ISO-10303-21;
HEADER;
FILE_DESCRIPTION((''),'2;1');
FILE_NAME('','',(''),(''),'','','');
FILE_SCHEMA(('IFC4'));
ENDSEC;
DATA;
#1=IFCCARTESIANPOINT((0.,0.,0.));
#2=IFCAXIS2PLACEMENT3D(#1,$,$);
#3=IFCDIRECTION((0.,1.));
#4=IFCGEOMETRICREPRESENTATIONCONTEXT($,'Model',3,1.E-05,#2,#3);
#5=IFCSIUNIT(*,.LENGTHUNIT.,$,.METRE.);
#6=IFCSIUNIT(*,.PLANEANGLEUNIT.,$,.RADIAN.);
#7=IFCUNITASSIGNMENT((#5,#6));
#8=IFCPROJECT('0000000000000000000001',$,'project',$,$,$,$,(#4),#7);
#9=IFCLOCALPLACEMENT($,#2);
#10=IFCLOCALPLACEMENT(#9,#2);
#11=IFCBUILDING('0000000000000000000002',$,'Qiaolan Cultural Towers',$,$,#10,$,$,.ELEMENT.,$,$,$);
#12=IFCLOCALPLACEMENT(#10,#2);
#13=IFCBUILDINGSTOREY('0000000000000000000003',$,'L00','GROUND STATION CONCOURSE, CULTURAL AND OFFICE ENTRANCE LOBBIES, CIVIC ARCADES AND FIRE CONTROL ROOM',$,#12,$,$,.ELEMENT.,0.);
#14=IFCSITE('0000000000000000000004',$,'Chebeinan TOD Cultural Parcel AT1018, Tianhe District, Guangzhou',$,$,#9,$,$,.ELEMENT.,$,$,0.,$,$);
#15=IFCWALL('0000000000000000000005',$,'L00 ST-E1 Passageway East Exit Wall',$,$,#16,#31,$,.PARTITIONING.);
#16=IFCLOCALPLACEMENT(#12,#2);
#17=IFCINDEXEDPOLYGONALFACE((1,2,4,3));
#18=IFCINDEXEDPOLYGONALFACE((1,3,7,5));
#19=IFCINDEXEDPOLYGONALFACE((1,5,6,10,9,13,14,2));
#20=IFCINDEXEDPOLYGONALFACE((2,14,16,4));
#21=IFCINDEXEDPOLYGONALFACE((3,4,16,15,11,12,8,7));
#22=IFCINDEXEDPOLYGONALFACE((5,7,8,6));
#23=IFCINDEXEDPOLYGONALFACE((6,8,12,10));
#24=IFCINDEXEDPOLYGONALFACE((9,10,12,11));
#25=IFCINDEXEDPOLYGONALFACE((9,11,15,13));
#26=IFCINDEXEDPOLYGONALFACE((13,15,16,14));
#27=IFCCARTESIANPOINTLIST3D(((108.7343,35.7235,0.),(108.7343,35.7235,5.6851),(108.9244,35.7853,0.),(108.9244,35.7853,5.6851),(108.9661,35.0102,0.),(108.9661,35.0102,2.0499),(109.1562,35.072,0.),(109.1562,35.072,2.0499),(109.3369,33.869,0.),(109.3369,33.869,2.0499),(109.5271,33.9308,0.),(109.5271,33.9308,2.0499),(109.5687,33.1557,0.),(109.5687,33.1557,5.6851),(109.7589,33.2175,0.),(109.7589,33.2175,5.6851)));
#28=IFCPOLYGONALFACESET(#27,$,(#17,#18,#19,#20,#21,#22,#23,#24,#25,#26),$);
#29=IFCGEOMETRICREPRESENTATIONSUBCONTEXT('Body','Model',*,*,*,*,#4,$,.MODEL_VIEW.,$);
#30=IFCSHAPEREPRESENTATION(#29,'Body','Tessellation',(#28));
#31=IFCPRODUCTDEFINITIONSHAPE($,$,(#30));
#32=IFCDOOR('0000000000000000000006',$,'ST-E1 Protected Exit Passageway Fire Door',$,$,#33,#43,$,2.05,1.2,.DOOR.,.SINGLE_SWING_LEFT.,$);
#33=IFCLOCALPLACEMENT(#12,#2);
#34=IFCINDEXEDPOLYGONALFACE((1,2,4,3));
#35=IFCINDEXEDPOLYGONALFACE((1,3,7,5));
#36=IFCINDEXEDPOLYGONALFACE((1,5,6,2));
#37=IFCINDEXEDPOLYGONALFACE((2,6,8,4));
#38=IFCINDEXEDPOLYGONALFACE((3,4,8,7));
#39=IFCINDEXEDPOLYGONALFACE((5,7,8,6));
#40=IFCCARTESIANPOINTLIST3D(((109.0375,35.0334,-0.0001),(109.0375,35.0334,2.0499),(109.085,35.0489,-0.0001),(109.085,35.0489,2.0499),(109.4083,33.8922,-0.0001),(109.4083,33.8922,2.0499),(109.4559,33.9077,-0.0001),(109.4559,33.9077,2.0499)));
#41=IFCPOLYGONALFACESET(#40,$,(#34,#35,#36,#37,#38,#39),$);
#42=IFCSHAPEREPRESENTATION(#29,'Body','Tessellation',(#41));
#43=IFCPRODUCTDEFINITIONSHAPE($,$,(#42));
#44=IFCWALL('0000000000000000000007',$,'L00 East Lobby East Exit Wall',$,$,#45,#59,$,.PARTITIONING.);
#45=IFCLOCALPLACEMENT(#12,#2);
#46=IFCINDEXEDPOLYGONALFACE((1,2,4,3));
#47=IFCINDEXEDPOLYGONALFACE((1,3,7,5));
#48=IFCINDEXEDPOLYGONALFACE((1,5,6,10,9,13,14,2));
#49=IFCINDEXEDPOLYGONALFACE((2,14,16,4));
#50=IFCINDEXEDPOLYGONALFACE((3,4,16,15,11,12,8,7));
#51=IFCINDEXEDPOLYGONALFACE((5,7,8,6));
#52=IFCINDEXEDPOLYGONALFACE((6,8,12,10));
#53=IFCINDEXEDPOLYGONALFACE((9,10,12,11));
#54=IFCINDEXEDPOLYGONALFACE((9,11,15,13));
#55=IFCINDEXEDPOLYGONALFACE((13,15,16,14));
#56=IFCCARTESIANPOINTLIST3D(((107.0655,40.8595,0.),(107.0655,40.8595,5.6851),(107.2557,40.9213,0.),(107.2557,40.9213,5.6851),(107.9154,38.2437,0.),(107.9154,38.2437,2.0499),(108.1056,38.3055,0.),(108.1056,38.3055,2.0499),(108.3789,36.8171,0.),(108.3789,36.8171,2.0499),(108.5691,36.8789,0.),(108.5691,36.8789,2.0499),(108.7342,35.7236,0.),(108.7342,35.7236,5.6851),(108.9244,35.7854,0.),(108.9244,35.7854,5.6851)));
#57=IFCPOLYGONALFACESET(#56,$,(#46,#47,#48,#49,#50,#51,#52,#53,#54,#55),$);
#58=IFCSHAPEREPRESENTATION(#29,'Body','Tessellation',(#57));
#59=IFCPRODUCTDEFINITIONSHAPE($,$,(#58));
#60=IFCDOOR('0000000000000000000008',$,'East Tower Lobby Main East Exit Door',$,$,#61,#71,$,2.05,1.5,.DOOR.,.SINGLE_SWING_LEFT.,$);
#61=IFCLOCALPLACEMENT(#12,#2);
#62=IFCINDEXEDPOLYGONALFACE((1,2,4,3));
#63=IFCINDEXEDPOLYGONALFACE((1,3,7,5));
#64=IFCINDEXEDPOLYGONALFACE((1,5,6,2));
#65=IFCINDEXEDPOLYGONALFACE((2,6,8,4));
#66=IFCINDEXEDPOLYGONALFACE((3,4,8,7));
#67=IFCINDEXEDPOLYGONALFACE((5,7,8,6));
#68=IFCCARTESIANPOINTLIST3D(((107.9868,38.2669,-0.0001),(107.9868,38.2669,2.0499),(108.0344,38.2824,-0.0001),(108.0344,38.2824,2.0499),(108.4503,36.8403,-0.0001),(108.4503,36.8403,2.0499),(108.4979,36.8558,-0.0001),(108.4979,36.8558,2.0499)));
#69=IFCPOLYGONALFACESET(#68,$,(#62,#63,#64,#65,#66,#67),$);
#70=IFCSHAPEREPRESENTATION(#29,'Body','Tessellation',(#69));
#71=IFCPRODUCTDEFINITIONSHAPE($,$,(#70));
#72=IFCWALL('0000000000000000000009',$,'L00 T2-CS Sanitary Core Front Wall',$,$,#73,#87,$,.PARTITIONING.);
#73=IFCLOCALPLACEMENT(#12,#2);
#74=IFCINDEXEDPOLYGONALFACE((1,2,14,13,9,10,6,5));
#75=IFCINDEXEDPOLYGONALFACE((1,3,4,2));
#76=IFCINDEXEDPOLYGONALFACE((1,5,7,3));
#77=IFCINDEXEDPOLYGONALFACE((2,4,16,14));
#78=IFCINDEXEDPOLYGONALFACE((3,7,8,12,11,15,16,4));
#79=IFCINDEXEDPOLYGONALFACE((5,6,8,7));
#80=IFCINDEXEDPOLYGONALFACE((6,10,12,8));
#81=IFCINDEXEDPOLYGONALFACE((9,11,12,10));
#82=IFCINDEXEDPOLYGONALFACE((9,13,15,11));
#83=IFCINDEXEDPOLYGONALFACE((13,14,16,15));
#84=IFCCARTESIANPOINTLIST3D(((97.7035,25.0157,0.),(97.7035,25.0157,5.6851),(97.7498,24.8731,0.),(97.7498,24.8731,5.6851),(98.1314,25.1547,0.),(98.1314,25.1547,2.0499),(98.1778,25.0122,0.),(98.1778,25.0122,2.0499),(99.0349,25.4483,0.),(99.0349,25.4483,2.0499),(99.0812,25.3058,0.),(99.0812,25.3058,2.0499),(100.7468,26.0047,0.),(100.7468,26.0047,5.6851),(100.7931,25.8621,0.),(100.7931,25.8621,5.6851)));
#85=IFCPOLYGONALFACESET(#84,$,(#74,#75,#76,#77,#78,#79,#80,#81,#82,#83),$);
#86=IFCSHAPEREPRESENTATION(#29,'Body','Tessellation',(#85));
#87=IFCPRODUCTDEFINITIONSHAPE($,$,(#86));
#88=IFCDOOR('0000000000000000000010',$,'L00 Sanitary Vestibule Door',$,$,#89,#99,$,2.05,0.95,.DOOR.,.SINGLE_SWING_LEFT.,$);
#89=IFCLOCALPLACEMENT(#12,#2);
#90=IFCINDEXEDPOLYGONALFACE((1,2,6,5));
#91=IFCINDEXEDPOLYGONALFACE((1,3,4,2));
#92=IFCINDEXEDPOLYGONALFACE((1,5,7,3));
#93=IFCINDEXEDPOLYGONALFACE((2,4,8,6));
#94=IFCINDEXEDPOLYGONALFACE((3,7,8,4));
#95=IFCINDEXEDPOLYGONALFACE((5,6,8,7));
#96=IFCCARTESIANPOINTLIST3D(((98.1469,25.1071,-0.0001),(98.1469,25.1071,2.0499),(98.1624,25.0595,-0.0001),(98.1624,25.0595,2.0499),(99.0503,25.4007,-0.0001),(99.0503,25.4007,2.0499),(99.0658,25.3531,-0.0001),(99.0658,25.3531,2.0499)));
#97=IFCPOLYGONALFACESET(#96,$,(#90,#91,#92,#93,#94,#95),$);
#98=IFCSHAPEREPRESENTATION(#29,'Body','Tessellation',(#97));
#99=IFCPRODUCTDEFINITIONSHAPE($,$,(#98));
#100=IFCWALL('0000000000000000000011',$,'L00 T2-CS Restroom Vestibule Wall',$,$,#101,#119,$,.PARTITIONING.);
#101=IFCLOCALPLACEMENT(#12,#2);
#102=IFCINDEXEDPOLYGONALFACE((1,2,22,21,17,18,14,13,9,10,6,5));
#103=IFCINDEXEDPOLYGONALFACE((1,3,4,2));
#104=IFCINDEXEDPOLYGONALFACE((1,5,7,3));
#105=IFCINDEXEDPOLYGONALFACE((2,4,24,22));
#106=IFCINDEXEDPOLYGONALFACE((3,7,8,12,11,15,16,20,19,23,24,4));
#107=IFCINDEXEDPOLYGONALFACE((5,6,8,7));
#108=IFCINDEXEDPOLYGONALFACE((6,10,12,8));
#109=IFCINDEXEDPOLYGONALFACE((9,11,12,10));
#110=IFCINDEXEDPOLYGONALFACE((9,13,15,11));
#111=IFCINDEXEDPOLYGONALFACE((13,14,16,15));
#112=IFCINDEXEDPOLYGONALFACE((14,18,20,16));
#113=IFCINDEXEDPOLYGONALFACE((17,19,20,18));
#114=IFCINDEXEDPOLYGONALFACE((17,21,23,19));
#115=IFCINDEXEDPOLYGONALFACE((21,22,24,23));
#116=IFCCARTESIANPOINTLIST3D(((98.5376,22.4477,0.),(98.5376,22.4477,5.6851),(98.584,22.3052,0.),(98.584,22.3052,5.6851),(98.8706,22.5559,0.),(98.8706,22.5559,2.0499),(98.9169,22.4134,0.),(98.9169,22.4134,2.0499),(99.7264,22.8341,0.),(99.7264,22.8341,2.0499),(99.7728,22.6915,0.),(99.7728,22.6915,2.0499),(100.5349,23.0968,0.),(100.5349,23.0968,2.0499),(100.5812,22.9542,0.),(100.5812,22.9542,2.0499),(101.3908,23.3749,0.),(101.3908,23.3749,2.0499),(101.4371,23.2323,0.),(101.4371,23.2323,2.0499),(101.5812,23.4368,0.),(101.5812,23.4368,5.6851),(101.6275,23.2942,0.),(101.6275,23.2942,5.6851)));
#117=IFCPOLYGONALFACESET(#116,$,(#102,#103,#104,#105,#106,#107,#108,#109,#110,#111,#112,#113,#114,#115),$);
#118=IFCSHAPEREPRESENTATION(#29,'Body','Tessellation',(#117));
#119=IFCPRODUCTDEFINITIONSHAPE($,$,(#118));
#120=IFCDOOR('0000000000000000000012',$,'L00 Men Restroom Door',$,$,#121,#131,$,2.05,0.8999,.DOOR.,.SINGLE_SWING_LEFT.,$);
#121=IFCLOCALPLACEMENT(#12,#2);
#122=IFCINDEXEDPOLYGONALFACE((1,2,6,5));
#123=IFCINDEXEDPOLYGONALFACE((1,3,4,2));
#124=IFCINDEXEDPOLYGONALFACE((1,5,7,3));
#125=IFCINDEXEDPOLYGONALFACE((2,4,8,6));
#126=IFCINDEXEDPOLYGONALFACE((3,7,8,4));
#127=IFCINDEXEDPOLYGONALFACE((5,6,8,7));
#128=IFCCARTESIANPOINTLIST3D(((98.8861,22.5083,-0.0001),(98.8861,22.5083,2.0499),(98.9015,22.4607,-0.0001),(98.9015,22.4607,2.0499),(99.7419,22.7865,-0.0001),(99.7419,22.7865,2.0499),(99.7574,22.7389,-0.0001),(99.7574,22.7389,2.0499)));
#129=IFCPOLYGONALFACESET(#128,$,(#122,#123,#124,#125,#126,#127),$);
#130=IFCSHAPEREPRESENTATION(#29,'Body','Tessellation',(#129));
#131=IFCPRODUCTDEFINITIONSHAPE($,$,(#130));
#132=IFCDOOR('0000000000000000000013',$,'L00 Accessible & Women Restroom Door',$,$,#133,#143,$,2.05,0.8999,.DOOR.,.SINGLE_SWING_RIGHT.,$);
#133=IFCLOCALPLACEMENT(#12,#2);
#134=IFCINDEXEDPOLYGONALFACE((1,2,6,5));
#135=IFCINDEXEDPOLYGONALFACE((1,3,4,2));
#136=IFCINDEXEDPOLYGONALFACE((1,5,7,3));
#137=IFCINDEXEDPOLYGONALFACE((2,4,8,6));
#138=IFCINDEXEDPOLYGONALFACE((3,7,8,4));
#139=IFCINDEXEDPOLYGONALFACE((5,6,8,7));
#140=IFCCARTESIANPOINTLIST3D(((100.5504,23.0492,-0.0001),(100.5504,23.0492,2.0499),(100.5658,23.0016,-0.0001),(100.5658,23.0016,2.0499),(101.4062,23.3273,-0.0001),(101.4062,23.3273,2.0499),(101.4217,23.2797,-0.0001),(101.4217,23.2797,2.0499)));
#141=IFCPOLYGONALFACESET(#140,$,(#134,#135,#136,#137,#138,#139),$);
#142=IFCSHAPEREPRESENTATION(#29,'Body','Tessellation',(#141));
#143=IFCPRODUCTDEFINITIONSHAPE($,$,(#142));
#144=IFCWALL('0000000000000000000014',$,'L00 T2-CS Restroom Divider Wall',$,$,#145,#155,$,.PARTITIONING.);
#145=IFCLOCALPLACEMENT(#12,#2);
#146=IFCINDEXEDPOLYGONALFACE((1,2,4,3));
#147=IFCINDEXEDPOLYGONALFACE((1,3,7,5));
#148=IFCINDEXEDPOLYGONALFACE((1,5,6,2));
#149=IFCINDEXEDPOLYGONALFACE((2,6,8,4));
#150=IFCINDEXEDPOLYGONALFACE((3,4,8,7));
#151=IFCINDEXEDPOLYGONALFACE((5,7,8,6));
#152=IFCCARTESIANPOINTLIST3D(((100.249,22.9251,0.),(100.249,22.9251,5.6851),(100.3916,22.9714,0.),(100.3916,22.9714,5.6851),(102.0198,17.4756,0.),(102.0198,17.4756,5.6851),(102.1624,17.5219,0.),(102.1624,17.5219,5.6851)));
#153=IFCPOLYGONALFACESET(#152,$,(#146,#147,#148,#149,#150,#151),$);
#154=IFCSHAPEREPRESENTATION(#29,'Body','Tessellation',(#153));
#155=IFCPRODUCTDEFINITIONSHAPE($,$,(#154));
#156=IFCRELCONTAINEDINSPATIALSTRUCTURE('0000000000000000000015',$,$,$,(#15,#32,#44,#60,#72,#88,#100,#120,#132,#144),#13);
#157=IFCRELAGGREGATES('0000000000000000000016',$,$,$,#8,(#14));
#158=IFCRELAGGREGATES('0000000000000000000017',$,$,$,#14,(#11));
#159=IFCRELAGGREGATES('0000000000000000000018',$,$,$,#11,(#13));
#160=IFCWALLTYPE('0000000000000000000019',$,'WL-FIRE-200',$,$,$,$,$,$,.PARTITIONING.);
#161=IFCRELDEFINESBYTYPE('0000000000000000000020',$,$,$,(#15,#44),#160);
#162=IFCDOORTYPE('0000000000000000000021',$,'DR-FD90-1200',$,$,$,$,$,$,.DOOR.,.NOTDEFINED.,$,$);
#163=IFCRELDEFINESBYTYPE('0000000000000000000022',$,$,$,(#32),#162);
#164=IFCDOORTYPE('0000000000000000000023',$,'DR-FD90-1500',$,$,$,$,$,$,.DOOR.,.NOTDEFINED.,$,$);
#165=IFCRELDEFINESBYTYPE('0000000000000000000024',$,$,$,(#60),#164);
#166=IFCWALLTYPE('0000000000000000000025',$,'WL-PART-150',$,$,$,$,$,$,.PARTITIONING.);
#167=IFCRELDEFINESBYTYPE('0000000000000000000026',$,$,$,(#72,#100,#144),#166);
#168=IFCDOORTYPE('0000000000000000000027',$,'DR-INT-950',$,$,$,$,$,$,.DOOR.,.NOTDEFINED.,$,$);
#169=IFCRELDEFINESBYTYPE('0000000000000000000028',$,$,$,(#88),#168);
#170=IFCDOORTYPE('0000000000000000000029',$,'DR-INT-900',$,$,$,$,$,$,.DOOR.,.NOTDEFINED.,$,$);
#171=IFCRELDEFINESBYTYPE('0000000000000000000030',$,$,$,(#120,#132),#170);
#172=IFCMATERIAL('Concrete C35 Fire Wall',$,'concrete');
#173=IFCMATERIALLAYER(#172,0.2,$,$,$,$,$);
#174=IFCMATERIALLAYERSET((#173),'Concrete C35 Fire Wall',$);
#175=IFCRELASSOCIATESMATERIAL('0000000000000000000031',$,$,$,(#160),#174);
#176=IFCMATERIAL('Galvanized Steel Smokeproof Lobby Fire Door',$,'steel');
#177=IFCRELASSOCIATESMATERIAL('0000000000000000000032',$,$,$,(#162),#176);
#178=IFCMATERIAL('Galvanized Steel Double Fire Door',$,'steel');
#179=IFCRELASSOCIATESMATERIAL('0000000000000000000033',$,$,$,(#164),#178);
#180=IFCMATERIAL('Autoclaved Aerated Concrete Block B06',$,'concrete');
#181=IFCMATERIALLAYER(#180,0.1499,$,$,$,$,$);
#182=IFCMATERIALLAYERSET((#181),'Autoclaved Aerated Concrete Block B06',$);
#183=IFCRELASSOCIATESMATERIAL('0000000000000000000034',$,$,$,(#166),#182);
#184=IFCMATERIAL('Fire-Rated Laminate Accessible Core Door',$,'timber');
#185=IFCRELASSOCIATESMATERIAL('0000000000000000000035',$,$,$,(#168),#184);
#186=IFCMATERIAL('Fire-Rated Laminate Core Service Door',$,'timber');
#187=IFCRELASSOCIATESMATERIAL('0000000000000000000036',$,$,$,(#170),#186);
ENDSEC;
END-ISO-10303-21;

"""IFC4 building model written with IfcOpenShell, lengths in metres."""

from ifc_helpers import new_model, si_unit, direction, frame, frame_2d, origin, place, context, subcontext, project, spatial, rectangle, extrude, material, layer, layer_set, type_object, element, fill, save


model = new_model("IFC4")

# Units and contexts
model_context = context("Model", 3, precision=1e-05, world=origin(), true_north=direction((0.0, 1.0)))
body_context = subcontext(model_context, "Body", "Model", "MODEL_VIEW")
ifc_project = project(units=[si_unit("LENGTHUNIT", "METRE"), si_unit("PLANEANGLEUNIT", "RADIAN")], contexts=[model_context])

# Site, building, storey
site_placement = place(None, origin())
site = spatial("IfcSite", under=ifc_project, at=site_placement, Name="Chebeinan TOD Cultural Parcel AT1018, Tianhe District, Guangzhou", CompositionType="ELEMENT", RefElevation=0.0)
building_placement = place(site_placement, origin())
building = spatial("IfcBuilding", under=site, at=building_placement, Name="Qiaolan Cultural Towers", CompositionType="ELEMENT")
storey_placement = place(building_placement, origin())
storey = spatial("IfcBuildingStorey", under=building, at=storey_placement, Name="L00", Description="GROUND STATION CONCOURSE, CULTURAL AND OFFICE ENTRANCE LOBBIES, CIVIC ARCADES AND FIRE CONTROL ROOM", CompositionType="ELEMENT", Elevation=0.0)

# Shared definitions
ifc_material_1 = material(Name="Concrete C35 Fire Wall", Category="concrete")
ifc_layer_1 = layer(ifc_material_1, 0.2)
ifc_layer_set_1 = layer_set([ifc_layer_1], Name="Concrete C35 Fire Wall")
wall_type_1 = type_object("IfcWallType", Name="WL-FIRE-200", PredefinedType="PARTITIONING", material=ifc_layer_set_1)

# Walls, openings, doors
wall_1_placement = place(storey_placement, frame((109.6638, 33.1865, 0.0), z_axis=(0.0, 0.0, 1.0), x_axis=(-0.309057, 0.951043, 0.0)))
wall_1 = element("IfcWall", 1, at=wall_1_placement, inside=storey, type_object=wall_type_1, Name="L00 ST-E1 Passageway East Exit Wall", PredefinedType="PARTITIONING", context=body_context, shape_type="SweptSolid", body=[
    extrude(rectangle(XDim=2.7, YDim=0.2, at=frame_2d((1.3501, 0.0))), origin(), (0.0, 0.0, 1.0), 5.6851),
])
opening_1_placement = place(wall_1_placement, frame((0.75, 0.0, 0.0)))
opening_1 = element("IfcOpeningElement", 2, at=opening_1_placement, cuts=wall_1, PredefinedType="OPENING", context=body_context, shape_type="SweptSolid", body=[
    extrude(rectangle(XDim=1.2, YDim=2.05, at=frame_2d((0.6001, 1.0249))), frame((0.0, 0.1099, 0.0), z_axis=(0.0, -1.0, 0.0), x_axis=(1.0, 0.0, 0.0)), (0.0, 0.0, 1.0), 0.22),
])
ifc_material_2 = material(Name="Galvanized Steel Smokeproof Lobby Fire Door", Category="steel")
door_type_1 = type_object("IfcDoorType", Name="DR-FD90-1200", OperationType="NOTDEFINED", PredefinedType="DOOR", material=ifc_material_2)
door_1_placement = place(opening_1_placement, origin())
door_1 = element("IfcDoor", 3, at=door_1_placement, inside=storey, type_object=door_type_1, Name="ST-E1 Protected Exit Passageway Fire Door", OperationType="SINGLE_SWING_LEFT", OverallHeight=2.05, OverallWidth=1.2, PredefinedType="DOOR", context=body_context, shape_type="SweptSolid", body=[
    extrude(rectangle(XDim=1.2, YDim=2.05, at=frame_2d((0.6001, 1.0249))), frame((0.0, 0.0249, 0.0), z_axis=(0.0, -1.0, 0.0), x_axis=(1.0, 0.0, 0.0)), (0.0, 0.0, 1.0), 0.05),
])
fill(opening_1, door_1)
wall_2_placement = place(storey_placement, frame((108.8293, 35.7544, 0.0), z_axis=(0.0, 0.0, 1.0), x_axis=(-0.309017, 0.951057, 0.0)))
wall_2 = element("IfcWall", 4, at=wall_2_placement, inside=storey, type_object=wall_type_1, Name="L00 East Lobby East Exit Wall", PredefinedType="PARTITIONING", context=body_context, shape_type="SweptSolid", body=[
    extrude(rectangle(XDim=5.4001, YDim=0.2, at=frame_2d((2.7002, 0.0))), origin(), (0.0, 0.0, 1.0), 5.6851),
])
opening_2_placement = place(wall_2_placement, frame((1.1499, 0.0, 0.0)))
opening_2 = element("IfcOpeningElement", 5, at=opening_2_placement, cuts=wall_2, PredefinedType="OPENING", context=body_context, shape_type="SweptSolid", body=[
    extrude(rectangle(XDim=1.5, YDim=2.05, at=frame_2d((0.75, 1.0249))), frame((0.0, 0.1099, 0.0), z_axis=(0.0, -1.0, 0.0), x_axis=(1.0, 0.0, 0.0)), (0.0, 0.0, 1.0), 0.22),
])
ifc_material_3 = material(Name="Galvanized Steel Double Fire Door", Category="steel")
door_type_2 = type_object("IfcDoorType", Name="DR-FD90-1500", OperationType="NOTDEFINED", PredefinedType="DOOR", material=ifc_material_3)
door_2_placement = place(opening_2_placement, origin())
door_2 = element("IfcDoor", 6, at=door_2_placement, inside=storey, type_object=door_type_2, Name="East Tower Lobby Main East Exit Door", OperationType="SINGLE_SWING_LEFT", OverallHeight=2.05, OverallWidth=1.5, PredefinedType="DOOR", context=body_context, shape_type="SweptSolid", body=[
    extrude(rectangle(XDim=1.5, YDim=2.05, at=frame_2d((0.75, 1.0249))), frame((0.0, 0.0249, 0.0), z_axis=(0.0, -1.0, 0.0), x_axis=(1.0, 0.0, 0.0)), (0.0, 0.0, 1.0), 0.05),
])
fill(opening_2, door_2)
ifc_material_4 = material(Name="Autoclaved Aerated Concrete Block B06", Category="concrete")
ifc_layer_2 = layer(ifc_material_4, 0.1499)
ifc_layer_set_2 = layer_set([ifc_layer_2], Name="Autoclaved Aerated Concrete Block B06")
wall_type_2 = type_object("IfcWallType", Name="WL-PART-150", PredefinedType="PARTITIONING", material=ifc_layer_set_2)
wall_3_placement = place(storey_placement, frame((97.7266, 24.9443, 0.0), z_axis=(0.0, 0.0, 1.0), x_axis=(0.951037, 0.309077, 0.0)))
wall_3 = element("IfcWall", 7, at=wall_3_placement, inside=storey, type_object=wall_type_2, Name="L00 T2-CS Sanitary Core Front Wall", PredefinedType="PARTITIONING", context=body_context, shape_type="SweptSolid", body=[
    extrude(rectangle(XDim=3.2, YDim=0.1499, at=frame_2d((1.6001, 0.0))), origin(), (0.0, 0.0, 1.0), 5.6851),
])
opening_3_placement = place(wall_3_placement, frame((0.45, 0.0, 0.0)))
opening_3 = element("IfcOpeningElement", 8, at=opening_3_placement, cuts=wall_3, PredefinedType="OPENING", context=body_context, shape_type="SweptSolid", body=[
    extrude(rectangle(XDim=0.95, YDim=2.05, at=frame_2d((0.4751, 1.0249))), frame((0.0, 0.085, 0.0), z_axis=(0.0, -1.0, 0.0), x_axis=(1.0, 0.0, 0.0)), (0.0, 0.0, 1.0), 0.1699),
])
ifc_material_5 = material(Name="Fire-Rated Laminate Accessible Core Door", Category="timber")
door_type_3 = type_object("IfcDoorType", Name="DR-INT-950", OperationType="NOTDEFINED", PredefinedType="DOOR", material=ifc_material_5)
door_3_placement = place(opening_3_placement, origin())
door_3 = element("IfcDoor", 9, at=door_3_placement, inside=storey, type_object=door_type_3, Name="L00 Sanitary Vestibule Door", OperationType="SINGLE_SWING_LEFT", OverallHeight=2.05, OverallWidth=0.95, PredefinedType="DOOR", context=body_context, shape_type="SweptSolid", body=[
    extrude(rectangle(XDim=0.95, YDim=2.05, at=frame_2d((0.4751, 1.0249))), frame((0.0, 0.0249, 0.0), z_axis=(0.0, -1.0, 0.0), x_axis=(1.0, 0.0, 0.0)), (0.0, 0.0, 1.0), 0.05),
])
fill(opening_3, door_3)

# Wall, openings, doors
wall_4_placement = place(storey_placement, frame((98.5608, 22.3765, 0.0), z_axis=(0.0, 0.0, 1.0), x_axis=(0.951044, 0.309055, 0.0)))
wall_4 = element("IfcWall", 10, at=wall_4_placement, inside=storey, type_object=wall_type_2, Name="L00 T2-CS Restroom Vestibule Wall", PredefinedType="PARTITIONING", context=body_context, shape_type="SweptSolid", body=[
    extrude(rectangle(XDim=3.2002, YDim=0.1499, at=frame_2d((1.6001, 0.0))), origin(), (0.0, 0.0, 1.0), 5.6851),
])
opening_4_placement = place(wall_4_placement, frame((0.3501, 0.0, 0.0)))
opening_4 = element("IfcOpeningElement", 11, at=opening_4_placement, cuts=wall_4, PredefinedType="OPENING", context=body_context, shape_type="SweptSolid", body=[
    extrude(rectangle(XDim=0.8999, YDim=2.05, at=frame_2d((0.45, 1.0249))), frame((0.0, 0.085, 0.0), z_axis=(0.0, -1.0, 0.0), x_axis=(1.0, 0.0, 0.0)), (0.0, 0.0, 1.0), 0.1699),
])
opening_5_placement = place(wall_4_placement, frame((2.1001, 0.0, 0.0)))
opening_5 = element("IfcOpeningElement", 12, at=opening_5_placement, cuts=wall_4, PredefinedType="OPENING", context=body_context, shape_type="SweptSolid", body=[
    extrude(rectangle(XDim=0.8999, YDim=2.05, at=frame_2d((0.45, 1.0249))), frame((0.0, 0.085, 0.0), z_axis=(0.0, -1.0, 0.0), x_axis=(1.0, 0.0, 0.0)), (0.0, 0.0, 1.0), 0.1699),
])
ifc_material_6 = material(Name="Fire-Rated Laminate Core Service Door", Category="timber")
door_type_4 = type_object("IfcDoorType", Name="DR-INT-900", OperationType="NOTDEFINED", PredefinedType="DOOR", material=ifc_material_6)
door_4_placement = place(opening_4_placement, origin())
door_4 = element("IfcDoor", 13, at=door_4_placement, inside=storey, type_object=door_type_4, Name="L00 Men Restroom Door", OperationType="SINGLE_SWING_LEFT", OverallHeight=2.05, OverallWidth=0.8999, PredefinedType="DOOR", context=body_context, shape_type="SweptSolid", body=[
    extrude(rectangle(XDim=0.8999, YDim=2.05, at=frame_2d((0.45, 1.0249))), frame((0.0, 0.0249, 0.0), z_axis=(0.0, -1.0, 0.0), x_axis=(1.0, 0.0, 0.0)), (0.0, 0.0, 1.0), 0.05),
])
fill(opening_4, door_4)
door_5_placement = place(opening_5_placement, origin())
door_5 = element("IfcDoor", 14, at=door_5_placement, inside=storey, type_object=door_type_4, Name="L00 Accessible & Women Restroom Door", OperationType="SINGLE_SWING_RIGHT", OverallHeight=2.05, OverallWidth=0.8999, PredefinedType="DOOR", context=body_context, shape_type="SweptSolid", body=[
    extrude(rectangle(XDim=0.8999, YDim=2.05, at=frame_2d((0.45, 1.0249))), frame((0.0, 0.0249, 0.0), z_axis=(0.0, -1.0, 0.0), x_axis=(1.0, 0.0, 0.0)), (0.0, 0.0, 1.0), 0.05),
])
fill(opening_5, door_5)

# Wall
wall_5_placement = place(storey_placement, frame((100.3203, 22.9482, 0.0), z_axis=(0.0, 0.0, 1.0), x_axis=(0.309035, -0.951051, 0.0)))
element("IfcWall", 15, at=wall_5_placement, inside=storey, type_object=wall_type_2, Name="L00 T2-CS Restroom Divider Wall", PredefinedType="PARTITIONING", context=body_context, shape_type="SweptSolid", body=[
    extrude(rectangle(XDim=5.73, YDim=0.1499, at=frame_2d((2.865, 0.0))), origin(), (0.0, 0.0, 1.0), 5.6851),
])

save(model, "model.ifc")
